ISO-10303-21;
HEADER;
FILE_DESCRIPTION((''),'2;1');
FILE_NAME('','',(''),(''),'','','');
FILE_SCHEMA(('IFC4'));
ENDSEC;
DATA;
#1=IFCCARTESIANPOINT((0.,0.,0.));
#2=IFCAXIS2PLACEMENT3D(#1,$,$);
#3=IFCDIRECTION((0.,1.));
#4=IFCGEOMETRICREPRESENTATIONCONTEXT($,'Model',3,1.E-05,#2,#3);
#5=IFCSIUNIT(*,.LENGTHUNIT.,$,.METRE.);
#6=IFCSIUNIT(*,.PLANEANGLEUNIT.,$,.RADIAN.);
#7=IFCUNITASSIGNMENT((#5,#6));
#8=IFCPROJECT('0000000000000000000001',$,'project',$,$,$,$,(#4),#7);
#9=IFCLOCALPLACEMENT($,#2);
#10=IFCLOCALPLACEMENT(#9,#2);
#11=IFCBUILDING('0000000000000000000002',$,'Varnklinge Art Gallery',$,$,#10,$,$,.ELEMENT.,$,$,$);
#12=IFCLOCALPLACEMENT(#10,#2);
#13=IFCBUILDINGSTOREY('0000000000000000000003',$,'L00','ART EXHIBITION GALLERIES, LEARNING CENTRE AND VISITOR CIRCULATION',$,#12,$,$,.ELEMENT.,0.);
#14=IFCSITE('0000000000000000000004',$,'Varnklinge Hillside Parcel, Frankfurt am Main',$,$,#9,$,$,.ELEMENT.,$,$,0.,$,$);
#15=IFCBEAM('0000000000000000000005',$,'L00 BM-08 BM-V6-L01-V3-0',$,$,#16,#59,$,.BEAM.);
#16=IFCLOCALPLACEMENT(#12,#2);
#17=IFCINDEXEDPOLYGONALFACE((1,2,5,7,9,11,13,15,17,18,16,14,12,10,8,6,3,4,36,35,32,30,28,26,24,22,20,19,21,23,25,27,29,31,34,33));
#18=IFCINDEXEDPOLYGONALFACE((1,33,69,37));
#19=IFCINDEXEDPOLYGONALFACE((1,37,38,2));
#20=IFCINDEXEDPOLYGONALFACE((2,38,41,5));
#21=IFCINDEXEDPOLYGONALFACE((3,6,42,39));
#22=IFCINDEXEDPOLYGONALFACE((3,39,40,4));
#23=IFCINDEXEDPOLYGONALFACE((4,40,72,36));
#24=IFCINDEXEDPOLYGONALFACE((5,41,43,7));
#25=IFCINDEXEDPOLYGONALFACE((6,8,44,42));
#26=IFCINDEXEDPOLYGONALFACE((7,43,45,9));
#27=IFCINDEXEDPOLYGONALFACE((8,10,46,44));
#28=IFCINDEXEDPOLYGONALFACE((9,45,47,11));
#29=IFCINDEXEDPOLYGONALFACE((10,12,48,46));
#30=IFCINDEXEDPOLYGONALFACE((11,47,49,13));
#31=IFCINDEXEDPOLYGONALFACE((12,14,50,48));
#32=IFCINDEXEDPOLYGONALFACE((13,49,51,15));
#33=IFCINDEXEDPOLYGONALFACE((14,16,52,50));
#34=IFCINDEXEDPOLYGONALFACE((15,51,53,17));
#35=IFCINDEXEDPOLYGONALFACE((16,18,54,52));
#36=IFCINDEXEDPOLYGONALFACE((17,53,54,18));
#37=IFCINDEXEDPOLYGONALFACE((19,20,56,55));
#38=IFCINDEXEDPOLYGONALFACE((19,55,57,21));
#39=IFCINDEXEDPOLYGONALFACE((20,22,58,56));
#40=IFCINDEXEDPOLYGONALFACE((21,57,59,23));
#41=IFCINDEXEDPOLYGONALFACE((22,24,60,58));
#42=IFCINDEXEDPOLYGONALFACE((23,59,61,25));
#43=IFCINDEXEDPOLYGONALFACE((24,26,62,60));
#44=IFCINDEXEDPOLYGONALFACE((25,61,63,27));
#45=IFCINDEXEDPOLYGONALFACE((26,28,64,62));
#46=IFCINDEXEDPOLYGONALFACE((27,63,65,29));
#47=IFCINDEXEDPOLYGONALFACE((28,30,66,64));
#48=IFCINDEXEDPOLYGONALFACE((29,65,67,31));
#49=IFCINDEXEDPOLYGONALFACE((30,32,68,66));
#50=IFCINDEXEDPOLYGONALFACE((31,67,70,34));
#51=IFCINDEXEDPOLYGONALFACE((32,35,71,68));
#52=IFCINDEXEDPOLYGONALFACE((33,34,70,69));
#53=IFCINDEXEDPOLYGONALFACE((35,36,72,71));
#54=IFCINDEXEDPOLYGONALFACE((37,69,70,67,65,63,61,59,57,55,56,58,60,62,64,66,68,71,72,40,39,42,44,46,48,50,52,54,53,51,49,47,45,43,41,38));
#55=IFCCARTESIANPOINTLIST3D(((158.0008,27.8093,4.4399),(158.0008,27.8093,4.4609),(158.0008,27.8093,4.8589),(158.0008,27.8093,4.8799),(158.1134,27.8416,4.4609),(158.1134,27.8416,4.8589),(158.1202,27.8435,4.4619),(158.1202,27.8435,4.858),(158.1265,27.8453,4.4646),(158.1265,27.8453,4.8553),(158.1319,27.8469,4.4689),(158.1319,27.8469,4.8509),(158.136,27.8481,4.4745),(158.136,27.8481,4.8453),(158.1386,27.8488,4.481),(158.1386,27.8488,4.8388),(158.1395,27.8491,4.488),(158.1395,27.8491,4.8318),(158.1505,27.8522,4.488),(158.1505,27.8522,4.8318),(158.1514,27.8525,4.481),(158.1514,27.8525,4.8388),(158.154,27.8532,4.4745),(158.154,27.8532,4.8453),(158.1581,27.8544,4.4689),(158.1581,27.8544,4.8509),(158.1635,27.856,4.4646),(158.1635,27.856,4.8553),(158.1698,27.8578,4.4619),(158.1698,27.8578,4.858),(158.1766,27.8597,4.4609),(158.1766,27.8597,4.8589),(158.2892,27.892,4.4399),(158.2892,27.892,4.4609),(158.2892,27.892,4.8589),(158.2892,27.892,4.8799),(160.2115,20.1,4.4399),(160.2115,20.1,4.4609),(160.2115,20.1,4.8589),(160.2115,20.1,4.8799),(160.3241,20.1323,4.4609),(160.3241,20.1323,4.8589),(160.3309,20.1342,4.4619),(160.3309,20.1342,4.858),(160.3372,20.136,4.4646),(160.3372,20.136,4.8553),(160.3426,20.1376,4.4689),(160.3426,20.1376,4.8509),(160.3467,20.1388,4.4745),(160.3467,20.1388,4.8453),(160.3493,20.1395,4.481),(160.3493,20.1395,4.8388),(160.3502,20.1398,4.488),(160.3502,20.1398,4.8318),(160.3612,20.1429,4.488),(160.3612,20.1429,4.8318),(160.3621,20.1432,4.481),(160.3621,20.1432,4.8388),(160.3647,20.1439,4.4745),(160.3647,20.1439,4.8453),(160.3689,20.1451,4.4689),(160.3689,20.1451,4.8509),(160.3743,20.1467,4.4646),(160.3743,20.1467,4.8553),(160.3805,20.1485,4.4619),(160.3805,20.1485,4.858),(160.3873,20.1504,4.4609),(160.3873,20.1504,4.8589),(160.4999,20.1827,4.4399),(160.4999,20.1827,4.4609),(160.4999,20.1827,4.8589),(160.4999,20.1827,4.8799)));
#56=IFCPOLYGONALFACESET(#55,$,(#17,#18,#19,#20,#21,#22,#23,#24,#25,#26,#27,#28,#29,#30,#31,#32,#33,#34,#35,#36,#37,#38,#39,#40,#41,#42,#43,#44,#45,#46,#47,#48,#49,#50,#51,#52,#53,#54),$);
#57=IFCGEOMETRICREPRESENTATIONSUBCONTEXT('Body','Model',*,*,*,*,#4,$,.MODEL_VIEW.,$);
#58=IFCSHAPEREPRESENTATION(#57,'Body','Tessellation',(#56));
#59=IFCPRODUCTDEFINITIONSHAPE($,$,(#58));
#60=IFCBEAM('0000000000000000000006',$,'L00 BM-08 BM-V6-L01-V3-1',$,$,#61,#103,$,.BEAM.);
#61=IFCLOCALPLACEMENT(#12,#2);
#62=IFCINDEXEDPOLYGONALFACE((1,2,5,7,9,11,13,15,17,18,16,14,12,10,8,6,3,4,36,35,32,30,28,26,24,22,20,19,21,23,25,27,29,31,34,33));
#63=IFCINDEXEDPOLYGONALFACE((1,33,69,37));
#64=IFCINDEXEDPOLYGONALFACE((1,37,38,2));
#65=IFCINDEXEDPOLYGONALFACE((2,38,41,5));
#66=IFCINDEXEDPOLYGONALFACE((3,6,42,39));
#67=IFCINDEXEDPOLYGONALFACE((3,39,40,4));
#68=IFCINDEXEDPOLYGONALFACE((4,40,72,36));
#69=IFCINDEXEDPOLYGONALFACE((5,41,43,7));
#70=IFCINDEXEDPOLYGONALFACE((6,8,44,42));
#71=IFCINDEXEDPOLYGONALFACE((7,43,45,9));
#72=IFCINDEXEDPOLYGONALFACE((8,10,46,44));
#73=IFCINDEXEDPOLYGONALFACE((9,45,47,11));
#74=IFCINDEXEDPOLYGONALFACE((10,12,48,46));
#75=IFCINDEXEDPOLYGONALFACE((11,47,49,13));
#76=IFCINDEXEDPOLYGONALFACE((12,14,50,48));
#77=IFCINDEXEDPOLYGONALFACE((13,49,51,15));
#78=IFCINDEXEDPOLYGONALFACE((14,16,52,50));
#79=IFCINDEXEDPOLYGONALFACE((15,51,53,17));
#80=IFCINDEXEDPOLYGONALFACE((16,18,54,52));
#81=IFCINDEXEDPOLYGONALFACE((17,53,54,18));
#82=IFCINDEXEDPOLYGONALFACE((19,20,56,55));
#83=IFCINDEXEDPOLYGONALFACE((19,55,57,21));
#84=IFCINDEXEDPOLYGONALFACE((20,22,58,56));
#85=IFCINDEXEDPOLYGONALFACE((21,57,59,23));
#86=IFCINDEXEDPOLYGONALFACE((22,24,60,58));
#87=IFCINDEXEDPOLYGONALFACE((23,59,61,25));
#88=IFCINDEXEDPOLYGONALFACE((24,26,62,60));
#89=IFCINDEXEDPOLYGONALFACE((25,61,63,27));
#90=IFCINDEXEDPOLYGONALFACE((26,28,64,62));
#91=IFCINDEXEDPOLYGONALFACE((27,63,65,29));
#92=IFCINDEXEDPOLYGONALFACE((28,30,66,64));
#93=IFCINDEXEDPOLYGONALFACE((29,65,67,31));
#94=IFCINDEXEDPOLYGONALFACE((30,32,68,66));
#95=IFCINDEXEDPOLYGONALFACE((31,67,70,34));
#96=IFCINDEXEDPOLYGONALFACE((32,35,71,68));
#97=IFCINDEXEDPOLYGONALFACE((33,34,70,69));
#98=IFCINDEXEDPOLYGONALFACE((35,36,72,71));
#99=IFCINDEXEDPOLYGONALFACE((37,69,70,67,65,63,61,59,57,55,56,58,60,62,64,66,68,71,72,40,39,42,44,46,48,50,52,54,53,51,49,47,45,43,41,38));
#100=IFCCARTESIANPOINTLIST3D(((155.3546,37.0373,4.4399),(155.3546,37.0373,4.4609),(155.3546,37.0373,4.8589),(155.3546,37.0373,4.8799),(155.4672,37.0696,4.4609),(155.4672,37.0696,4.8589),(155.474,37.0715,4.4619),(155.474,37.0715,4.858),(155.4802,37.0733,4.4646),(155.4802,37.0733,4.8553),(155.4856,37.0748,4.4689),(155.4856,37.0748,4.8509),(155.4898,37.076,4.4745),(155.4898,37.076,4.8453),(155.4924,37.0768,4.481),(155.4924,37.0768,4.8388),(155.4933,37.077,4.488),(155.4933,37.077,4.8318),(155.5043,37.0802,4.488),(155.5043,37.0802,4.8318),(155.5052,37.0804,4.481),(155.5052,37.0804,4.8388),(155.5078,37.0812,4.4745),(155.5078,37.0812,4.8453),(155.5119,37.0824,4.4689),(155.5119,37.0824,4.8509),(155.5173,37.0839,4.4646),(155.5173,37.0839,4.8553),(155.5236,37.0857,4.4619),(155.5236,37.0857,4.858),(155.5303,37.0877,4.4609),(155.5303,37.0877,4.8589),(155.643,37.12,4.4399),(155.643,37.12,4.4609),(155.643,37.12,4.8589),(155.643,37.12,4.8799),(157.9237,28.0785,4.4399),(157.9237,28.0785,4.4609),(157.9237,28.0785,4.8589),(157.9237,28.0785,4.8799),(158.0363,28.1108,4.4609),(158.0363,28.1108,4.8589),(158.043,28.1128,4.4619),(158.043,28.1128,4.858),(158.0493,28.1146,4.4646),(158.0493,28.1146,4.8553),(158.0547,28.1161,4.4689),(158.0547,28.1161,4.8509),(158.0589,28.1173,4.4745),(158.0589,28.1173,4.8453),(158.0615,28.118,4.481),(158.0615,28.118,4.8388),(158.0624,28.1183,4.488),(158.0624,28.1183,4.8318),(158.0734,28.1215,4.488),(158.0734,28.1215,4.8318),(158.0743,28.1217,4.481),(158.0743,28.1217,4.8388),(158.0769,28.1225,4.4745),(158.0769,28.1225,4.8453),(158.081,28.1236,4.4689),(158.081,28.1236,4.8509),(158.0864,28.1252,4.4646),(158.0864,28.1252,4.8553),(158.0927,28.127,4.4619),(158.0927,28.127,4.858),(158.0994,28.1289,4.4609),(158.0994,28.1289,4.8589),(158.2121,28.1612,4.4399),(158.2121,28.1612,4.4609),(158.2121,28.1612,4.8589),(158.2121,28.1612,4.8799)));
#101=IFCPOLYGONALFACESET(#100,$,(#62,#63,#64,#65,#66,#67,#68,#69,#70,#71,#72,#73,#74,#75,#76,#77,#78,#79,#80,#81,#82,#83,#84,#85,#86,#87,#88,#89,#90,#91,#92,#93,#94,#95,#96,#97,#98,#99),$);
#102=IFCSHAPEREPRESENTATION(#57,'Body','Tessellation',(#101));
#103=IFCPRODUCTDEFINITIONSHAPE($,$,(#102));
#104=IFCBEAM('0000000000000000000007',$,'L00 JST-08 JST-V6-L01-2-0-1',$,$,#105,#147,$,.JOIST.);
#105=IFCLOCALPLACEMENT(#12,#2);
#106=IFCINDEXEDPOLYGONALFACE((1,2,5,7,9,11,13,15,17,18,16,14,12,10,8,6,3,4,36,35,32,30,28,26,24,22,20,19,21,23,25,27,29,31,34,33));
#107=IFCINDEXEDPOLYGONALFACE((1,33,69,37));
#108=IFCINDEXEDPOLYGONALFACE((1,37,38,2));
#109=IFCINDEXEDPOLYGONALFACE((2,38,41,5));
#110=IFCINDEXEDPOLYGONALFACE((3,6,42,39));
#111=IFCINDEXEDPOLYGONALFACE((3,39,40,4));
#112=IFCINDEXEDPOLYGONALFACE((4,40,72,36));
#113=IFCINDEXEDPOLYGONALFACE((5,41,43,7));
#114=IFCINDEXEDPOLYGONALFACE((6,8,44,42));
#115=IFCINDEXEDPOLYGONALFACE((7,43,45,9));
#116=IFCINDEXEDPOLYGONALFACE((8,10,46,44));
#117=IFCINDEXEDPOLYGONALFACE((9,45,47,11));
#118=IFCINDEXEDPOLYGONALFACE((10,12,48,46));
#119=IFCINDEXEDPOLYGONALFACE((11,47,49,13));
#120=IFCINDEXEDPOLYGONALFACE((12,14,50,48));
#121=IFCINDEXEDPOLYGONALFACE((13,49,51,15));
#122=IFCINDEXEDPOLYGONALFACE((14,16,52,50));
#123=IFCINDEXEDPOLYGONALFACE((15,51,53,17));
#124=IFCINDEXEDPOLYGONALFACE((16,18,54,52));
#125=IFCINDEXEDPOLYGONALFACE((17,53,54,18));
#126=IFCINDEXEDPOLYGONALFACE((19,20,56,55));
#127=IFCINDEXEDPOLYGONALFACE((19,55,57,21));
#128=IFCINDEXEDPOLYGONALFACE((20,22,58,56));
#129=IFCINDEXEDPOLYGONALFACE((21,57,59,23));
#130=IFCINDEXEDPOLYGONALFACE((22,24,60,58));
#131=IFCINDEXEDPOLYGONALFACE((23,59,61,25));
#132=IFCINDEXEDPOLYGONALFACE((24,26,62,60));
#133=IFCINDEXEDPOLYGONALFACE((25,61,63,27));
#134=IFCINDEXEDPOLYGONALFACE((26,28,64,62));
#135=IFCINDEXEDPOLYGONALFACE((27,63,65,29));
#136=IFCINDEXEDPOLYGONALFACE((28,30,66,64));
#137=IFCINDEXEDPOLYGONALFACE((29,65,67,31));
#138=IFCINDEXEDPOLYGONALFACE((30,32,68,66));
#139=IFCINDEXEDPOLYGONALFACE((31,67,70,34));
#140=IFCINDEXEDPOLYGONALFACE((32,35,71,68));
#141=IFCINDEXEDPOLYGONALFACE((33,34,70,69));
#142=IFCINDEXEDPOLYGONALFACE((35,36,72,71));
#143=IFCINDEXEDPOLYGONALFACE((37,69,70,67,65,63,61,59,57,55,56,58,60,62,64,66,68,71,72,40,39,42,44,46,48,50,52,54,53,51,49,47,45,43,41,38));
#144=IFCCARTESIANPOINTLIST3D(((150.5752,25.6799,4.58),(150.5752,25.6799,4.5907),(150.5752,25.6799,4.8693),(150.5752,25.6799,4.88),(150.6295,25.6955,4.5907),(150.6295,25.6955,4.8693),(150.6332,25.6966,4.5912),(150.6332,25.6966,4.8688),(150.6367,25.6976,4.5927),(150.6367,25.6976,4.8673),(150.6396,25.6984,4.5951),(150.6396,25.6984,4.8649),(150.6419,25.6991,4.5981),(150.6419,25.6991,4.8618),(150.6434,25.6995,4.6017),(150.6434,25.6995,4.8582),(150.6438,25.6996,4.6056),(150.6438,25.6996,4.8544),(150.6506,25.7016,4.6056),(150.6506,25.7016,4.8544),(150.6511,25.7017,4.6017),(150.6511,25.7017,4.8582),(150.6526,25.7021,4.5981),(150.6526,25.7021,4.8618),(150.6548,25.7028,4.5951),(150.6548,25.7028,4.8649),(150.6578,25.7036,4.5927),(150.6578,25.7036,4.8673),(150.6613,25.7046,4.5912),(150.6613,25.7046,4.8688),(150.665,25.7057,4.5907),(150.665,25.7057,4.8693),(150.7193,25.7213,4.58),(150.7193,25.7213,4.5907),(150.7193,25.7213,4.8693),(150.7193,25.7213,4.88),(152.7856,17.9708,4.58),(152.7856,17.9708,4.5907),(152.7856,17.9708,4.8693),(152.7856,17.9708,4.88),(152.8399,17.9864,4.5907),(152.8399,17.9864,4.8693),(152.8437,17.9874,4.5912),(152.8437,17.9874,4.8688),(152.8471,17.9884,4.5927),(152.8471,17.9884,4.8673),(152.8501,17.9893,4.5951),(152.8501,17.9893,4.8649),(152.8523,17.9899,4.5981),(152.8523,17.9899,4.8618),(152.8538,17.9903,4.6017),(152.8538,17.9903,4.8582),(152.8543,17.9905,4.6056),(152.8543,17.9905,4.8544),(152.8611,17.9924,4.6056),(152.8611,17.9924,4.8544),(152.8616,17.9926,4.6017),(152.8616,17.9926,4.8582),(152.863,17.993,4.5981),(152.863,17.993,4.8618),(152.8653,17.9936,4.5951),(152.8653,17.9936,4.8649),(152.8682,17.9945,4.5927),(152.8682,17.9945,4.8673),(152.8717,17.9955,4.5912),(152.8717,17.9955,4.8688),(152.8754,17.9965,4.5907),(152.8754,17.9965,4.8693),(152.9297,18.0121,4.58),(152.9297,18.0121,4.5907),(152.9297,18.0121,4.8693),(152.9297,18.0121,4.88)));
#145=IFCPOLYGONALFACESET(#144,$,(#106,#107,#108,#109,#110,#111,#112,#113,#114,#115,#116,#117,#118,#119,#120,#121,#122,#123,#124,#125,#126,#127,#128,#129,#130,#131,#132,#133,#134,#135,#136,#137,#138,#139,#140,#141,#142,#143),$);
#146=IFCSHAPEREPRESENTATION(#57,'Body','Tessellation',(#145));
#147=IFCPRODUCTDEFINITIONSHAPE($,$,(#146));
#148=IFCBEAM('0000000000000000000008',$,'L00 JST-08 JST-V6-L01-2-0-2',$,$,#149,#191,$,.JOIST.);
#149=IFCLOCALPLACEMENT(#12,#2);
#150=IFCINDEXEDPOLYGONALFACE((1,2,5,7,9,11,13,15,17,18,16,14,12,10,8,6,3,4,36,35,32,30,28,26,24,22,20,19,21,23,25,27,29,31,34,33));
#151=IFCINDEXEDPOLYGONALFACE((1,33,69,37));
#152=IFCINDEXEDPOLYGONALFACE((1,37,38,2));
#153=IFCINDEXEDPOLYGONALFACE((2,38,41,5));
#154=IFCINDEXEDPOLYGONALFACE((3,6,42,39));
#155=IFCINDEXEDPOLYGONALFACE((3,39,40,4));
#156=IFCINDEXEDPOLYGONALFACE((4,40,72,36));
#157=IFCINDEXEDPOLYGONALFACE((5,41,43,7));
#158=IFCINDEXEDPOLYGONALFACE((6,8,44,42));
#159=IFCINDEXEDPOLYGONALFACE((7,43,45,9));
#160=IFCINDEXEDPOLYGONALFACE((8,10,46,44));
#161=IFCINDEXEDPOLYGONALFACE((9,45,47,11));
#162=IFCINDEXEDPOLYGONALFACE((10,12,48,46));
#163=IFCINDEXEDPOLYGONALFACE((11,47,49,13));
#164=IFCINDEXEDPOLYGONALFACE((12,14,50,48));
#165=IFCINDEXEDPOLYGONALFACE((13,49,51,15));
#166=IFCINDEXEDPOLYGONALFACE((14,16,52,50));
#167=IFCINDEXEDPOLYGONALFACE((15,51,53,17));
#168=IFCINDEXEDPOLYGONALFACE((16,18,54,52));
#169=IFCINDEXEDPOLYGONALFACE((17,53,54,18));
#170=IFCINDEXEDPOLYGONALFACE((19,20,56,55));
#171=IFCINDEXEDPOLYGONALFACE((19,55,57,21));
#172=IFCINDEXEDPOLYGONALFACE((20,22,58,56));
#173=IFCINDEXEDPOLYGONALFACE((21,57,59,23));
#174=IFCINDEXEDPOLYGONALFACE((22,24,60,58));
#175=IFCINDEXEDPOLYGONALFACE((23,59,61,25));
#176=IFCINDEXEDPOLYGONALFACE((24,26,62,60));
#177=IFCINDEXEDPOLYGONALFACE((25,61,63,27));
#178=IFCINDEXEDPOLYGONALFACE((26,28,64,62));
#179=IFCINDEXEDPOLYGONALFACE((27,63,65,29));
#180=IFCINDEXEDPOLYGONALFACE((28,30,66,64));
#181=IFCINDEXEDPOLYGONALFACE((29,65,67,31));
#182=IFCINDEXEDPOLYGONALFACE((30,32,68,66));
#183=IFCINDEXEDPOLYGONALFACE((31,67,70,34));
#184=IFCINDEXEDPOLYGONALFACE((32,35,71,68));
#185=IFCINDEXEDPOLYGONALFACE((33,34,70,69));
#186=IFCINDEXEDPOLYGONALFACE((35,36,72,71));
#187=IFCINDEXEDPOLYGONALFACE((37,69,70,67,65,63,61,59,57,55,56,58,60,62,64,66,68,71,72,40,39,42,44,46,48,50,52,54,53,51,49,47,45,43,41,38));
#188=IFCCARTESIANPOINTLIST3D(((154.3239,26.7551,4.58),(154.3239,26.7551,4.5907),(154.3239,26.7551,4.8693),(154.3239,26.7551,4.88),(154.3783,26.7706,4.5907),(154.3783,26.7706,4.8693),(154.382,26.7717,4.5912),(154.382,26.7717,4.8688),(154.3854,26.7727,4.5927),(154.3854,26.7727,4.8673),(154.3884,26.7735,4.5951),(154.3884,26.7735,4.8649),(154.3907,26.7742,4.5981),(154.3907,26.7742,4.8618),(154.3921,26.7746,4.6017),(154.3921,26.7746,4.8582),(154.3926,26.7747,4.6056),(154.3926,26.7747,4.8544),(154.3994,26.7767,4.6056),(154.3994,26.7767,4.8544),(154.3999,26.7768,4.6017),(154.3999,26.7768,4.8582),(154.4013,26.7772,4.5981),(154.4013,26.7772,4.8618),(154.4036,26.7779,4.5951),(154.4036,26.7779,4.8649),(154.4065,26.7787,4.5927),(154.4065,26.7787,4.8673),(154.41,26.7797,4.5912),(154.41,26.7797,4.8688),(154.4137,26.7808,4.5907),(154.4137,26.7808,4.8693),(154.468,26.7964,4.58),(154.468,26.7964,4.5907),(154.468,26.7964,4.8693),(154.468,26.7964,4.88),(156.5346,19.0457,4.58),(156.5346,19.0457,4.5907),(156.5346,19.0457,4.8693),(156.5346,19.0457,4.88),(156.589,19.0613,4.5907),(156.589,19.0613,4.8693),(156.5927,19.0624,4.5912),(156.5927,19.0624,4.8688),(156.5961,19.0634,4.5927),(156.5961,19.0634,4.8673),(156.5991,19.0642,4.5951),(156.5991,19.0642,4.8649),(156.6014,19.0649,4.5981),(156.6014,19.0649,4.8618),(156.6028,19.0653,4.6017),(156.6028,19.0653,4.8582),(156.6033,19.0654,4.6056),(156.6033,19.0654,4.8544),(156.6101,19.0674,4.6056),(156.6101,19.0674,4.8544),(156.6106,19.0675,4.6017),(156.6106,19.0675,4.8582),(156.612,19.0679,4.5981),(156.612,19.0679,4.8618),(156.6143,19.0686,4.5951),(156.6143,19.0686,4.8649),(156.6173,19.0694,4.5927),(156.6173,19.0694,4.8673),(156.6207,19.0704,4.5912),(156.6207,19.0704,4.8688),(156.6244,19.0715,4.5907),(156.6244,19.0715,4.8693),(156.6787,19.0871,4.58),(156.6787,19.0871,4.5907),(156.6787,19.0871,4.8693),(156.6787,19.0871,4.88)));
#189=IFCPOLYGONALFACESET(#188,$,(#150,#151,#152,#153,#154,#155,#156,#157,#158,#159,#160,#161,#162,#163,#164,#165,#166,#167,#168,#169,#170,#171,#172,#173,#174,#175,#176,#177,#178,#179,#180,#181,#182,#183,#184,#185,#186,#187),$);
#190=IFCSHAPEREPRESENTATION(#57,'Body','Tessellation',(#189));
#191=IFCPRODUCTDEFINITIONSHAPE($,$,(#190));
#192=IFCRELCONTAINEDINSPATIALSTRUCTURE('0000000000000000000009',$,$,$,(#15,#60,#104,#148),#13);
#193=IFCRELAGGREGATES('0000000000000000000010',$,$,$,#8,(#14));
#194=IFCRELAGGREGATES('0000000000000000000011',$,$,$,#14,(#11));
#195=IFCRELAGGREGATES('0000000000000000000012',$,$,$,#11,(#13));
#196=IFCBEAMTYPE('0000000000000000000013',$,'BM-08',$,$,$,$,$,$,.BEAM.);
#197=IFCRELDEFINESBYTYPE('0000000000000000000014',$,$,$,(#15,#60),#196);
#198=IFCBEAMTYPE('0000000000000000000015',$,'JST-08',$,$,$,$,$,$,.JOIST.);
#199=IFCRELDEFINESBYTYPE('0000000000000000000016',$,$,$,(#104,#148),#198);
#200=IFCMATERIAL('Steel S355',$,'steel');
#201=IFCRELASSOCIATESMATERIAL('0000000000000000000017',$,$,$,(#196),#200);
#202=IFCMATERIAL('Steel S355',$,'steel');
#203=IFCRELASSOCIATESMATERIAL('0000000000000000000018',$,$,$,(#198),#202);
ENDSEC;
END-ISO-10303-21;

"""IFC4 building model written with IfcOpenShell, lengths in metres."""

from ifc_helpers import new_model, si_unit, direction, frame, origin, origin_2d, place, context, subcontext, project, spatial, i_section, extrude, material, material_profile, profile_set, type_object, element, save


model = new_model("IFC4")

# Units and contexts
model_context = context("Model", 3, precision=1e-05, world=origin(), true_north=direction((0.0, 1.0)))
body_context = subcontext(model_context, "Body", "Model", "MODEL_VIEW")
ifc_project = project(units=[si_unit("LENGTHUNIT", "METRE"), si_unit("PLANEANGLEUNIT", "RADIAN")], contexts=[model_context])

# Site, building, storey
site_placement = place(None, origin())
site = spatial("IfcSite", under=ifc_project, at=site_placement, Name="Varnklinge Hillside Parcel, Frankfurt am Main", CompositionType="ELEMENT", RefElevation=0.0)
building_placement = place(site_placement, origin())
building = spatial("IfcBuilding", under=site, at=building_placement, Name="Varnklinge Art Gallery", CompositionType="ELEMENT")
storey_placement = place(building_placement, origin())
storey = spatial("IfcBuildingStorey", under=building, at=storey_placement, Name="L00", Description="ART EXHIBITION GALLERIES, LEARNING CENTRE AND VISITOR CIRCULATION", CompositionType="ELEMENT", Elevation=0.0)

# Beams
ifc_material_1 = material(Name="Steel S355", Category="steel")
ifc_material_profile_1 = material_profile(ifc_material_1, i_section(OverallWidth=0.3, OverallDepth=0.4399, WebThickness=0.0115, FlangeThickness=0.021, FilletRadius=0.0271, at=origin_2d()), Name="HEA 450")
ifc_profile_set_1 = profile_set([ifc_material_profile_1], Name="Steel S355")
beam_type_1 = type_object("IfcBeamType", Name="BM-08", PredefinedType="BEAM", material=ifc_profile_set_1)
beam_1_placement = place(storey_placement, frame((160.3557, 20.1414, 4.6599), z_axis=(-0.27565, 0.961258, 0.0), x_axis=(-0.961258, -0.27565, 0.0)))
element("IfcBeam", 1, at=beam_1_placement, inside=storey, type_object=beam_type_1, Name="L00 BM-08 BM-V6-L01-V3-0", PredefinedType="BEAM", context=body_context, shape_type="SweptSolid", body=[
    extrude(i_section(OverallWidth=0.3, OverallDepth=0.4399, WebThickness=0.0115, FlangeThickness=0.021, FilletRadius=0.0271, at=origin_2d()), origin(), (0.0, 0.0, 1.0), 8.02),
])
beam_2_placement = place(storey_placement, frame((158.0679, 28.1199, 4.6599), z_axis=(-0.275659, 0.961256, 0.0), x_axis=(-0.961256, -0.275659, 0.0)))
element("IfcBeam", 2, at=beam_2_placement, inside=storey, type_object=beam_type_1, Name="L00 BM-08 BM-V6-L01-V3-1", PredefinedType="BEAM", context=body_context, shape_type="SweptSolid", body=[
    extrude(i_section(OverallWidth=0.3, OverallDepth=0.4399, WebThickness=0.0115, FlangeThickness=0.021, FilletRadius=0.0271, at=origin_2d()), origin(), (0.0, 0.0, 1.0), 9.3198),
])
ifc_material_2 = material(Name="Steel S355", Category="steel")
ifc_material_profile_2 = material_profile(ifc_material_2, i_section(OverallWidth=0.1499, OverallDepth=0.3, WebThickness=0.0071, FlangeThickness=0.0107, FilletRadius=0.0149, at=origin_2d()), Name="IPE 300")
ifc_profile_set_2 = profile_set([ifc_material_profile_2], Name="Steel S355")
beam_type_2 = type_object("IfcBeamType", Name="JST-08", PredefinedType="JOIST", material=ifc_profile_set_2)
beam_3_placement = place(storey_placement, frame((152.8577, 17.9915, 4.73), z_axis=(-0.275622, 0.961266, 0.0), x_axis=(-0.961266, -0.275622, 0.0)))
element("IfcBeam", 3, at=beam_3_placement, inside=storey, type_object=beam_type_2, Name="L00 JST-08 JST-V6-L01-2-0-1", PredefinedType="JOIST", context=body_context, shape_type="SweptSolid", body=[
    extrude(i_section(OverallWidth=0.1499, OverallDepth=0.3, WebThickness=0.0071, FlangeThickness=0.0107, FilletRadius=0.0149, at=origin_2d()), origin(), (0.0, 0.0, 1.0), 8.0198),
])
beam_4_placement = place(storey_placement, frame((156.6067, 19.0664, 4.73), z_axis=(-0.27565, 0.961258, 0.0), x_axis=(-0.961258, -0.27565, 0.0)))
element("IfcBeam", 4, at=beam_4_placement, inside=storey, type_object=beam_type_2, Name="L00 JST-08 JST-V6-L01-2-0-2", PredefinedType="JOIST", context=body_context, shape_type="SweptSolid", body=[
    extrude(i_section(OverallWidth=0.1499, OverallDepth=0.3, WebThickness=0.0071, FlangeThickness=0.0107, FilletRadius=0.0149, at=origin_2d()), origin(), (0.0, 0.0, 1.0), 8.02),
])

save(model, "model.ifc")
